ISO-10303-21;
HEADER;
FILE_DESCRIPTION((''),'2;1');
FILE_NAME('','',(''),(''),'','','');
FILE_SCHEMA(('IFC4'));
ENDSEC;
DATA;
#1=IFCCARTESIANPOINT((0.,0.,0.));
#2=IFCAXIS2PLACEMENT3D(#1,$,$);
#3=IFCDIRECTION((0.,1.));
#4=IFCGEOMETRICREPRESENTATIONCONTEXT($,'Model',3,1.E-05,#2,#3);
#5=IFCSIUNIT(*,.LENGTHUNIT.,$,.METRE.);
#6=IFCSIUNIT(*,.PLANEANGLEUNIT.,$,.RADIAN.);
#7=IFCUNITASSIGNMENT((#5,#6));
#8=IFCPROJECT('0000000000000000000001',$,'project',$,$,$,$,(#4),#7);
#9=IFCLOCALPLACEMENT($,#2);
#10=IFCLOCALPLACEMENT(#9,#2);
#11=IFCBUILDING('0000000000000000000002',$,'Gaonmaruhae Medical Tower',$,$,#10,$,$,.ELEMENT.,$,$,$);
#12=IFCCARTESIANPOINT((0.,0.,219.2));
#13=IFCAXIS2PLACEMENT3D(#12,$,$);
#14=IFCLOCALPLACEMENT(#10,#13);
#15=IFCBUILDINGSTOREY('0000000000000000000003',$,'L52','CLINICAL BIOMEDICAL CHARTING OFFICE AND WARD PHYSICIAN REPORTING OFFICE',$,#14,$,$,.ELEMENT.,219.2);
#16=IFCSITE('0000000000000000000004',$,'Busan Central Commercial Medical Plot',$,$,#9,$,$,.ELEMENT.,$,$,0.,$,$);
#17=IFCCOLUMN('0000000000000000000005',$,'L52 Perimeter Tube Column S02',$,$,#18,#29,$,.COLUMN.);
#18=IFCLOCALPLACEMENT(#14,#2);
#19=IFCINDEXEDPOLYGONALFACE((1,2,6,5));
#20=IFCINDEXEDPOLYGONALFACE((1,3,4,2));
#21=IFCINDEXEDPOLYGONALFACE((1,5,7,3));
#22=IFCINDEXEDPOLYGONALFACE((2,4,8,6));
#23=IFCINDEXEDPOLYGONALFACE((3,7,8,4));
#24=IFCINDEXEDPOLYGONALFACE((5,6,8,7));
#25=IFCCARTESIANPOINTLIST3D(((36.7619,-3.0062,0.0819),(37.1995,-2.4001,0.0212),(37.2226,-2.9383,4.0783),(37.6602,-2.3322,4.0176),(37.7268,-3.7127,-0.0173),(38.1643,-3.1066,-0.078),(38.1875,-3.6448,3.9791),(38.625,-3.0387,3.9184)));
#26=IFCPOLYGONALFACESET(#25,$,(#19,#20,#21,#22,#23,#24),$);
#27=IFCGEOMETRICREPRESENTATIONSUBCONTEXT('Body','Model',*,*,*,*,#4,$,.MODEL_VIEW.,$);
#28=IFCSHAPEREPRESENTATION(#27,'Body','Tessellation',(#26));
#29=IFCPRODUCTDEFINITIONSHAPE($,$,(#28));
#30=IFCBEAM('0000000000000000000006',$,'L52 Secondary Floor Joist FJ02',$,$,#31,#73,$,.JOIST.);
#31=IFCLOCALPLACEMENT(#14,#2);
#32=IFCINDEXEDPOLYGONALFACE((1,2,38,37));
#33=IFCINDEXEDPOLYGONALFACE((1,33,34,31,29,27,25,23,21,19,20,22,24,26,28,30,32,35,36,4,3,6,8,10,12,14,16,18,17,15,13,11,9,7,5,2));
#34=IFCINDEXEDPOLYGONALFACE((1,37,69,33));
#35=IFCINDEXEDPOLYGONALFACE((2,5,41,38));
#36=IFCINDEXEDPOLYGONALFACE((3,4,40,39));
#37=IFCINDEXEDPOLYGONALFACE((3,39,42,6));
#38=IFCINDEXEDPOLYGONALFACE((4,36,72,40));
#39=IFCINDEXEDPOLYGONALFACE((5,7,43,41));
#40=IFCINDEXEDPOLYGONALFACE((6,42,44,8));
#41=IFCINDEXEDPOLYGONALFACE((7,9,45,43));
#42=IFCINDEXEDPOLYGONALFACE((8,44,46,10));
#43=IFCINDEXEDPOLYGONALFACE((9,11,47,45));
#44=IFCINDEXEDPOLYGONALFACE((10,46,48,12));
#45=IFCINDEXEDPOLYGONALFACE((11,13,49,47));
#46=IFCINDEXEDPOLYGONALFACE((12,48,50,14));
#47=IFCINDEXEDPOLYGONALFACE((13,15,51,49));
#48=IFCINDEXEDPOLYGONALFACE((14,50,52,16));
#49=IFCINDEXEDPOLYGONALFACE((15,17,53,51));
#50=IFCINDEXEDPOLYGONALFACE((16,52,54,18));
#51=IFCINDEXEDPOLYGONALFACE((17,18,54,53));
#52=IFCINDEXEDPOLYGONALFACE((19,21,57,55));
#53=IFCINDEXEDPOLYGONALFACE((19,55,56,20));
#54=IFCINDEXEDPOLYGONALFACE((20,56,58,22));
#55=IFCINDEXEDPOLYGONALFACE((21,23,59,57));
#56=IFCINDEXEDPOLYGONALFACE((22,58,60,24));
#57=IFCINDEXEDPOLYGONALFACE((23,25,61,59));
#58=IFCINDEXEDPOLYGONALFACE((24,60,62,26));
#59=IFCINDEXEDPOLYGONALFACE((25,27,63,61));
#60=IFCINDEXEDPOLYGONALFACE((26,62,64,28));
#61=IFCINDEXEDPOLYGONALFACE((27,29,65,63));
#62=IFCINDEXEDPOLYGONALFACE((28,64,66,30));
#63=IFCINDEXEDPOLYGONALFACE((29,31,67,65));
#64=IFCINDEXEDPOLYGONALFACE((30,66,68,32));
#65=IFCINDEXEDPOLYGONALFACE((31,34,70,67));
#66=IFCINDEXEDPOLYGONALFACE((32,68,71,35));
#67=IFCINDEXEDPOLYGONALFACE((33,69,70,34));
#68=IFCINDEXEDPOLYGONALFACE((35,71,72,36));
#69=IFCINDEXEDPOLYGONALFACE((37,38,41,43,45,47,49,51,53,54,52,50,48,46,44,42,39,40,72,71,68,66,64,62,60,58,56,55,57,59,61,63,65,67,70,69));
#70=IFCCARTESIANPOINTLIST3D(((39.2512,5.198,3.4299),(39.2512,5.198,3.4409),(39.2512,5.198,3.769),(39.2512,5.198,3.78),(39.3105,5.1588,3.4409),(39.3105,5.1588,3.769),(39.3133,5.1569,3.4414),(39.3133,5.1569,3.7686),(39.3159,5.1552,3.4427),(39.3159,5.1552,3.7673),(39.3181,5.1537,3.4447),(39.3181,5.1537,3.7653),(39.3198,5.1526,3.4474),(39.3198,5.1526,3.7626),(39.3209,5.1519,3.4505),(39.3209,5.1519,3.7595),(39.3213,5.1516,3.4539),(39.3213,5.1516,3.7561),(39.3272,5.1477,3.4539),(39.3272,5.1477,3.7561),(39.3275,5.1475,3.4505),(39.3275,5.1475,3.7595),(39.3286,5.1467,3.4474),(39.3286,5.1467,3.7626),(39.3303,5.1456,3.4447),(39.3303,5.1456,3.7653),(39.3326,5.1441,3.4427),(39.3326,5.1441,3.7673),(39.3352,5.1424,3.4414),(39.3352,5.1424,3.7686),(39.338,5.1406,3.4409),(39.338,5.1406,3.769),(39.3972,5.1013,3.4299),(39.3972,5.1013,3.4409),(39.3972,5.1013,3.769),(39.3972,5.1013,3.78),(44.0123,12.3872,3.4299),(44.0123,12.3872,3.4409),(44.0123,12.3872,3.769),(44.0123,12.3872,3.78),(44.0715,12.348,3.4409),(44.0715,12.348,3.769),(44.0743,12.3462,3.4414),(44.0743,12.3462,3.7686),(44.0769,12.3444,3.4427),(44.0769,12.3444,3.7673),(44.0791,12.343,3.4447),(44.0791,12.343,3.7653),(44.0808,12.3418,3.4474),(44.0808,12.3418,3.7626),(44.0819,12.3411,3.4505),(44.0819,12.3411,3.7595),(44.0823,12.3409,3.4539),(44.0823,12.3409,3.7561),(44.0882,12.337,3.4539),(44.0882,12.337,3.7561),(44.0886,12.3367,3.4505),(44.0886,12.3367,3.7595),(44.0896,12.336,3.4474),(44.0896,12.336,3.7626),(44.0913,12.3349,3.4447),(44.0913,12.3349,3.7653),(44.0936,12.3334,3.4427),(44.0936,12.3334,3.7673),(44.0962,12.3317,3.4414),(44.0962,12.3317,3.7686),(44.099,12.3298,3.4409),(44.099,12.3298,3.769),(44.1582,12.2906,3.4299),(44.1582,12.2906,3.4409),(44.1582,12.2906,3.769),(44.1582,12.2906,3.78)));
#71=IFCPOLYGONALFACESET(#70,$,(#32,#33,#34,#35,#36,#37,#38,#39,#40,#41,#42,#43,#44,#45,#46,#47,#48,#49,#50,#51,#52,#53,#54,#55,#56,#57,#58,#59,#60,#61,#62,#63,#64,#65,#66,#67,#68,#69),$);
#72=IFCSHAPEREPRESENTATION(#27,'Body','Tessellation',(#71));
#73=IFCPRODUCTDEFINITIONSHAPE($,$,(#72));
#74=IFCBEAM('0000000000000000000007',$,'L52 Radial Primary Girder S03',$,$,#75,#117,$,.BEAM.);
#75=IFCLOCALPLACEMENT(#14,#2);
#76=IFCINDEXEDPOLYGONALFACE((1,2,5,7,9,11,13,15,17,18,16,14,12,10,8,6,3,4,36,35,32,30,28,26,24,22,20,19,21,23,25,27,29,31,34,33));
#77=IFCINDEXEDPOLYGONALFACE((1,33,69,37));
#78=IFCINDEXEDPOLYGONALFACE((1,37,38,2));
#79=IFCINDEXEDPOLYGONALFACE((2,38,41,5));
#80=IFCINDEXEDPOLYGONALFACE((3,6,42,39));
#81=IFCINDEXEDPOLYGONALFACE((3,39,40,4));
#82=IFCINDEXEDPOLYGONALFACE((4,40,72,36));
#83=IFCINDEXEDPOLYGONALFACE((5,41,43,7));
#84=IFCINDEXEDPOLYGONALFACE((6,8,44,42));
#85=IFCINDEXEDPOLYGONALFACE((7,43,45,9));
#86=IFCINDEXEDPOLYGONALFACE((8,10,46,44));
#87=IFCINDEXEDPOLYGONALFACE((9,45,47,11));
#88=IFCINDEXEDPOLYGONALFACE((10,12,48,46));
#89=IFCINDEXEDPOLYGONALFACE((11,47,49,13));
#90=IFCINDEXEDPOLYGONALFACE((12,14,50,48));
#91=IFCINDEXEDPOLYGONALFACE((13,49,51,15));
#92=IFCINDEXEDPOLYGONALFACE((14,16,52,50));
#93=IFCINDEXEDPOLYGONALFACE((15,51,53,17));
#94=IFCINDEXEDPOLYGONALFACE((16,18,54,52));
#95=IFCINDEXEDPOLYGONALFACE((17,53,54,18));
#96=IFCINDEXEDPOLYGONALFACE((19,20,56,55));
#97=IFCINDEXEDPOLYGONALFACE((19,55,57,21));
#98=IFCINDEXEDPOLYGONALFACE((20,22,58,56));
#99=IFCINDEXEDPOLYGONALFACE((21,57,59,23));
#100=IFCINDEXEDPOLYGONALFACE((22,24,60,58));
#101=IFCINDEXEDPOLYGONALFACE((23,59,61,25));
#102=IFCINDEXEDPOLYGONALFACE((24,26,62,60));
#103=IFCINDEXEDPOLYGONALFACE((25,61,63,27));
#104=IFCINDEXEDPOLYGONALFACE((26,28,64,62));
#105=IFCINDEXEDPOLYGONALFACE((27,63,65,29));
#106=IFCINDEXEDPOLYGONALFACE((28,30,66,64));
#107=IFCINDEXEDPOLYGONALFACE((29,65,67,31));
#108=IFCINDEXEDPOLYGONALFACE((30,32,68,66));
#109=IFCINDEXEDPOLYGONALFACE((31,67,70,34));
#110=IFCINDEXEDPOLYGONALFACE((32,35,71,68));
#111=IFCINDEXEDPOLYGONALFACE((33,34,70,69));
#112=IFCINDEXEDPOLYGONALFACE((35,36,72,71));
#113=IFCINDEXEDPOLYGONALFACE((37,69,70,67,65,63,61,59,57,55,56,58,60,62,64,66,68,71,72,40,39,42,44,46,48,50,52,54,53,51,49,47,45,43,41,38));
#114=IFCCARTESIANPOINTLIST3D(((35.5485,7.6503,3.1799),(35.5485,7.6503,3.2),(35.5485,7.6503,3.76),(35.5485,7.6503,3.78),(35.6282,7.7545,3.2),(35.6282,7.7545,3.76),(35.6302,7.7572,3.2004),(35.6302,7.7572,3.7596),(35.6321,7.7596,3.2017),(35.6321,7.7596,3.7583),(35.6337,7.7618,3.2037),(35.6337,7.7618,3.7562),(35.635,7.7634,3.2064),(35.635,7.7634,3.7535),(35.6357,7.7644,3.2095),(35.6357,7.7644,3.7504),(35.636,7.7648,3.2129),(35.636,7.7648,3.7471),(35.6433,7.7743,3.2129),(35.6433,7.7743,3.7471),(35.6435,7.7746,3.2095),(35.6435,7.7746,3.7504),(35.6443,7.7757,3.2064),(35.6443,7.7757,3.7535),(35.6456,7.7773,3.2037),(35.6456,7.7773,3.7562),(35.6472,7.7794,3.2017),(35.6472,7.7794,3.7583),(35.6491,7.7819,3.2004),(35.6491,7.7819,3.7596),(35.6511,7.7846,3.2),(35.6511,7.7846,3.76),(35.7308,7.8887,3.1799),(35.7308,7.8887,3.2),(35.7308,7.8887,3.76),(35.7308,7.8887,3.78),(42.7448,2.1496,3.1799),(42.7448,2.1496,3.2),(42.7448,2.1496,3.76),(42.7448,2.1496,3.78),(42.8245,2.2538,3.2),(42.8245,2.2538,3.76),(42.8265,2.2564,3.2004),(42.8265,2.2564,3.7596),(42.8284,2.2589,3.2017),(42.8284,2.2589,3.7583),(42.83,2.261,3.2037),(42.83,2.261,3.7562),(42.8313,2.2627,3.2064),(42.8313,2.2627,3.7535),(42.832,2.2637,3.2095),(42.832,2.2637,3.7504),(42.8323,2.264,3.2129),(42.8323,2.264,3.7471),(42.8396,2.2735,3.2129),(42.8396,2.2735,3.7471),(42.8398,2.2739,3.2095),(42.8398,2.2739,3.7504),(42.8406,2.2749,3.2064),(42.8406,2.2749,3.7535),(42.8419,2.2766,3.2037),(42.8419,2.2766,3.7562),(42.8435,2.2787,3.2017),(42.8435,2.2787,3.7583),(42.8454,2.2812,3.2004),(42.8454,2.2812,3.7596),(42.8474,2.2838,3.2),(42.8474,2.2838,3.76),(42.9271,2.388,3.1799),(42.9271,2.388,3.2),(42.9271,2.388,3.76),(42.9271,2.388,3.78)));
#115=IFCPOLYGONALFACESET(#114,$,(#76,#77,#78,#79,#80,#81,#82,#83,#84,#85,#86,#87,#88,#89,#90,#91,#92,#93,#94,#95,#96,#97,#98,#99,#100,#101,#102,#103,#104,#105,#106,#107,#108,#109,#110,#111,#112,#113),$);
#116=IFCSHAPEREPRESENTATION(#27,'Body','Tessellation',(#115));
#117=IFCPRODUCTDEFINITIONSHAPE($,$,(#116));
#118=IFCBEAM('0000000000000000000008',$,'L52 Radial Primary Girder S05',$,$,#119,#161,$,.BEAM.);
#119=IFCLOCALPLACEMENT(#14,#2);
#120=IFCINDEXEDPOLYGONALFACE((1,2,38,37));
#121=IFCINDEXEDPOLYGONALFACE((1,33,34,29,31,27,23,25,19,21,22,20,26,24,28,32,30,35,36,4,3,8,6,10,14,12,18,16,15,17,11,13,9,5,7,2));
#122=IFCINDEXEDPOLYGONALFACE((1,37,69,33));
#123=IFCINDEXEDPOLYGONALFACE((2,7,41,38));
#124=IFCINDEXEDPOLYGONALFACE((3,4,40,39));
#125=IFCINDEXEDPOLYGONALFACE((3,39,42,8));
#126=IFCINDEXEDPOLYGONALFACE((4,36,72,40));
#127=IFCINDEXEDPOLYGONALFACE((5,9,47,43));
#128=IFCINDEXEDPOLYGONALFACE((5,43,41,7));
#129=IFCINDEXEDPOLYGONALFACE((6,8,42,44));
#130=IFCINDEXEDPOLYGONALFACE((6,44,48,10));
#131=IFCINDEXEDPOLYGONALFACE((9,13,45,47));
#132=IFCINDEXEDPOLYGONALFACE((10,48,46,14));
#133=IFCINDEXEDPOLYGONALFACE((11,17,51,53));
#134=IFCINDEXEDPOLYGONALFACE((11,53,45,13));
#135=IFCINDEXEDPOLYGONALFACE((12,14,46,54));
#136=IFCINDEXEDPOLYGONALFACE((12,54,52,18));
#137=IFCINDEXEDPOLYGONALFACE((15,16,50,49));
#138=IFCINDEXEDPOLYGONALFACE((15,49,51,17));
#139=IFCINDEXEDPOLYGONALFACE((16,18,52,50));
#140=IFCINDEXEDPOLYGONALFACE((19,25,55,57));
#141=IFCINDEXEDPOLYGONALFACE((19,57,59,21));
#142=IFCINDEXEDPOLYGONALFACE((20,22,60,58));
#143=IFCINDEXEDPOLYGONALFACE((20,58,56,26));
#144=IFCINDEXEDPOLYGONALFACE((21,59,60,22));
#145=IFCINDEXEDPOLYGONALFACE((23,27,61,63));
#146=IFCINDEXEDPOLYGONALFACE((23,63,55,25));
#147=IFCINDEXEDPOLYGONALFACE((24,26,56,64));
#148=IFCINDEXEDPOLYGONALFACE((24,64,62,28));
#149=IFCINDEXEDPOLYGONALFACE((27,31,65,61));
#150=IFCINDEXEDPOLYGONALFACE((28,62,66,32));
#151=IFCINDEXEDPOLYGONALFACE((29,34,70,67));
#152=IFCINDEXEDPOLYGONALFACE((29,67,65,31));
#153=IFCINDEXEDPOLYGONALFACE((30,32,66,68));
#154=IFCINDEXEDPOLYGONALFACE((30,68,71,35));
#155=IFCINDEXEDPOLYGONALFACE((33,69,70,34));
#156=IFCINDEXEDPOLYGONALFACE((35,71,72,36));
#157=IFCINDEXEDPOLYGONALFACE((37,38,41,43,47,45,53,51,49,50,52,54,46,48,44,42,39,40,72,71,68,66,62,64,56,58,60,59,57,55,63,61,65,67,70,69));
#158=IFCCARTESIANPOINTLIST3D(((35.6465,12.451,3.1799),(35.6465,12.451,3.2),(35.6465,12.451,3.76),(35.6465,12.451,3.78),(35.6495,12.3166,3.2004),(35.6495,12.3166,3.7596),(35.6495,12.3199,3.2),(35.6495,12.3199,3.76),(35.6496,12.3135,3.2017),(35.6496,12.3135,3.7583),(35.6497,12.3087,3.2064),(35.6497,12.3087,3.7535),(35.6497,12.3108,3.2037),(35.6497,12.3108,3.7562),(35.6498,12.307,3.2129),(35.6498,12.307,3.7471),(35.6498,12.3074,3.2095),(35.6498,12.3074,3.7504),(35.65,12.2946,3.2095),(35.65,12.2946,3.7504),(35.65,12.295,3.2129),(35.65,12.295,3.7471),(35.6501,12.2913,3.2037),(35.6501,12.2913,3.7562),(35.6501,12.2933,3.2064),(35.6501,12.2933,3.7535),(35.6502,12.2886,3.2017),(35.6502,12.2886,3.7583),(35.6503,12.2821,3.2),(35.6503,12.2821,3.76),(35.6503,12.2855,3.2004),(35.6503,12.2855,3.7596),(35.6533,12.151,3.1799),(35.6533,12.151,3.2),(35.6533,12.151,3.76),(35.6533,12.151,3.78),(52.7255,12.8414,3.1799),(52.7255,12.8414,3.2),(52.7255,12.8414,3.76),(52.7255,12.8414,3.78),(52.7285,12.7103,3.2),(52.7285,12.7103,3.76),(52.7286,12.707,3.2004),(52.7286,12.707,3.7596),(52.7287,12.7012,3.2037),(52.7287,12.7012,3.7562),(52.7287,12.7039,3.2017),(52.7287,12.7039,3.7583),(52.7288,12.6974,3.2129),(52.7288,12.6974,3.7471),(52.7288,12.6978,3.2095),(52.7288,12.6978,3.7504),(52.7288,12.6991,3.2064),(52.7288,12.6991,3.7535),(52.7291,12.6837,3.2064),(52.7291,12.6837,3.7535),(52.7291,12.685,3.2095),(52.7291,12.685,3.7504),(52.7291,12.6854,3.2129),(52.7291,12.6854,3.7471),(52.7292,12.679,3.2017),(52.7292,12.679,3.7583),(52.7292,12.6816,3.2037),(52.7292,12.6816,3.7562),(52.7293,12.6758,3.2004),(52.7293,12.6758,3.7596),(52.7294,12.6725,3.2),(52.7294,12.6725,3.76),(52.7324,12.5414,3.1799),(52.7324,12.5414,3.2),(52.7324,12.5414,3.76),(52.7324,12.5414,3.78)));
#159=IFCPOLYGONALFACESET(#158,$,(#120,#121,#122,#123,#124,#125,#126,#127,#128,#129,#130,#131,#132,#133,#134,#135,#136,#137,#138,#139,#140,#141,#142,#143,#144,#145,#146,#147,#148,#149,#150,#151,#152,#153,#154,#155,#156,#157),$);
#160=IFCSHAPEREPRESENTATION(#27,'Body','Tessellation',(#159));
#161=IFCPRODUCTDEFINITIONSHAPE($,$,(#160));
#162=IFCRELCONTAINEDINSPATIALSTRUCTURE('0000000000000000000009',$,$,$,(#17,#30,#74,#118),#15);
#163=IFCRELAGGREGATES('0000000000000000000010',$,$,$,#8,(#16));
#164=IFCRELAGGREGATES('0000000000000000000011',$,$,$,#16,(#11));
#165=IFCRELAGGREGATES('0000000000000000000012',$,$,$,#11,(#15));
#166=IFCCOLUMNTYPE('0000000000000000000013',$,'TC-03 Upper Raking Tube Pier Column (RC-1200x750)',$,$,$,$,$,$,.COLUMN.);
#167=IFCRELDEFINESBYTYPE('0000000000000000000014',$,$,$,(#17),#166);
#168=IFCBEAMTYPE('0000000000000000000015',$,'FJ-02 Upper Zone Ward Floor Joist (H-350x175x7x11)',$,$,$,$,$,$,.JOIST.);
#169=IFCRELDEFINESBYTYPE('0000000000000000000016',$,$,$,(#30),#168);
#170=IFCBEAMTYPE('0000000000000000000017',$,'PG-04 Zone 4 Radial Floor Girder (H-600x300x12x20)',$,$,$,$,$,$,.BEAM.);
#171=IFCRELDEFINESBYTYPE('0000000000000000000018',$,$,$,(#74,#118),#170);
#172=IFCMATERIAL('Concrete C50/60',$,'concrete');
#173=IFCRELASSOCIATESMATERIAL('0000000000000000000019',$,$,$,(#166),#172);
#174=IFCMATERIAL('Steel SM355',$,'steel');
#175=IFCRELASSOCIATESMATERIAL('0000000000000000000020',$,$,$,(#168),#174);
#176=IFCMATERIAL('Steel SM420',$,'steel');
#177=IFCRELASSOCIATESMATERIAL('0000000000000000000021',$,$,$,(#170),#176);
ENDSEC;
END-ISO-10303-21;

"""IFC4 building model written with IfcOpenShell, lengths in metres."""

from ifc_helpers import new_model, si_unit, direction, frame, origin, origin_2d, place, context, subcontext, project, spatial, rectangle, i_section, extrude, material, material_profile, profile_set, type_object, element, save


model = new_model("IFC4")

# Units and contexts
model_context = context("Model", 3, precision=1e-05, world=origin(), true_north=direction((0.0, 1.0)))
body_context = subcontext(model_context, "Body", "Model", "MODEL_VIEW")
ifc_project = project(units=[si_unit("LENGTHUNIT", "METRE"), si_unit("PLANEANGLEUNIT", "RADIAN")], contexts=[model_context])

# Site, building, storey
site_placement = place(None, origin())
site = spatial("IfcSite", under=ifc_project, at=site_placement, Name="Busan Central Commercial Medical Plot", CompositionType="ELEMENT", RefElevation=0.0)
building_placement = place(site_placement, origin())
building = spatial("IfcBuilding", under=site, at=building_placement, Name="Gaonmaruhae Medical Tower", CompositionType="ELEMENT")
storey_placement = place(building_placement, frame((0.0, 0.0, 219.2)))
storey = spatial("IfcBuildingStorey", under=building, at=storey_placement, Name="L52", Description="CLINICAL BIOMEDICAL CHARTING OFFICE AND WARD PHYSICIAN REPORTING OFFICE", CompositionType="ELEMENT", Elevation=219.2)

# Column
ifc_material_1 = material(Name="Concrete C50/60", Category="concrete")
ifc_material_profile_1 = material_profile(ifc_material_1, rectangle(XDim=1.2, YDim=0.75, at=origin_2d()), Name="RC-1200x750")
ifc_profile_set_1 = profile_set([ifc_material_profile_1], Name="Concrete C50/60")
column_type = type_object("IfcColumnType", Name="TC-03 Upper Raking Tube Pier Column (RC-1200x750)", PredefinedType="COLUMN", material=ifc_profile_set_1)
column_placement = place(storey_placement, frame((37.4631, -3.0564, 0.002), z_axis=(0.114504, 0.016869, 0.99328), x_axis=(-0.804069, 0.588757, 0.082693)))
element("IfcColumn", 1, at=column_placement, inside=storey, type_object=column_type, Name="L52 Perimeter Tube Column S02", PredefinedType="COLUMN", context=body_context, shape_type="SweptSolid", body=[
    extrude(rectangle(XDim=1.2, YDim=0.75, at=origin_2d()), origin(), (0.0, 0.0, 1.0), 4.0234),
])

# Beams
ifc_material_2 = material(Name="Steel SM355", Category="steel")
ifc_material_profile_2 = material_profile(ifc_material_2, i_section(OverallWidth=0.175, OverallDepth=0.3501, WebThickness=0.0071, FlangeThickness=0.011, FilletRadius=0.0129, at=origin_2d()), Name="H-350x175x7x11")
ifc_profile_set_2 = profile_set([ifc_material_profile_2], Name="Steel SM355")
beam_type_1 = type_object("IfcBeamType", Name="FJ-02 Upper Zone Ward Floor Joist (H-350x175x7x11)", PredefinedType="JOIST", material=ifc_profile_set_2)
beam_1_placement = place(storey_placement, frame((39.3242, 5.1497, 3.605), z_axis=(0.552143, 0.83375, 0.0), x_axis=(-0.83375, 0.552143, 0.0)))
element("IfcBeam", 2, at=beam_1_placement, inside=storey, type_object=beam_type_1, Name="L52 Secondary Floor Joist FJ02", PredefinedType="JOIST", context=body_context, shape_type="SweptSolid", body=[
    extrude(i_section(OverallWidth=0.175, OverallDepth=0.3501, WebThickness=0.0071, FlangeThickness=0.011, FilletRadius=0.0129, at=origin_2d()), origin(), (0.0, 0.0, 1.0), 8.6228),
])
ifc_material_3 = material(Name="Steel SM420", Category="steel")
ifc_material_profile_3 = material_profile(ifc_material_3, i_section(OverallWidth=0.3, OverallDepth=0.6001, WebThickness=0.012, FlangeThickness=0.02, FilletRadius=0.0129, at=origin_2d()), Name="H-600x300x12x20")
ifc_profile_set_3 = profile_set([ifc_material_profile_3], Name="Steel SM420")
beam_type_2 = type_object("IfcBeamType", Name="PG-04 Zone 4 Radial Floor Girder (H-600x300x12x20)", PredefinedType="BEAM", material=ifc_profile_set_3)
beam_2_placement = place(storey_placement, frame((35.6396, 7.7695, 3.48), z_axis=(0.794481, -0.607289, 0.0), x_axis=(0.607289, 0.794481, 0.0)))
element("IfcBeam", 3, at=beam_2_placement, inside=storey, type_object=beam_type_2, Name="L52 Radial Primary Girder S03", PredefinedType="BEAM", context=body_context, shape_type="SweptSolid", body=[
    extrude(i_section(OverallWidth=0.3, OverallDepth=0.6001, WebThickness=0.012, FlangeThickness=0.02, FilletRadius=0.0129, at=origin_2d()), origin(), (0.0, 0.0, 1.0), 9.0579),
])
beam_3_placement = place(storey_placement, frame((35.6499, 12.301, 3.48), z_axis=(0.999739, 0.022851, 0.0), x_axis=(-0.022851, 0.999739, 0.0)))
element("IfcBeam", 4, at=beam_3_placement, inside=storey, type_object=beam_type_2, Name="L52 Radial Primary Girder S05", PredefinedType="BEAM", context=body_context, shape_type="SweptSolid", body=[
    extrude(i_section(OverallWidth=0.3, OverallDepth=0.6001, WebThickness=0.012, FlangeThickness=0.02, FilletRadius=0.0129, at=origin_2d()), origin(), (0.0, 0.0, 1.0), 17.0835),
])

save(model, "model.ifc")
